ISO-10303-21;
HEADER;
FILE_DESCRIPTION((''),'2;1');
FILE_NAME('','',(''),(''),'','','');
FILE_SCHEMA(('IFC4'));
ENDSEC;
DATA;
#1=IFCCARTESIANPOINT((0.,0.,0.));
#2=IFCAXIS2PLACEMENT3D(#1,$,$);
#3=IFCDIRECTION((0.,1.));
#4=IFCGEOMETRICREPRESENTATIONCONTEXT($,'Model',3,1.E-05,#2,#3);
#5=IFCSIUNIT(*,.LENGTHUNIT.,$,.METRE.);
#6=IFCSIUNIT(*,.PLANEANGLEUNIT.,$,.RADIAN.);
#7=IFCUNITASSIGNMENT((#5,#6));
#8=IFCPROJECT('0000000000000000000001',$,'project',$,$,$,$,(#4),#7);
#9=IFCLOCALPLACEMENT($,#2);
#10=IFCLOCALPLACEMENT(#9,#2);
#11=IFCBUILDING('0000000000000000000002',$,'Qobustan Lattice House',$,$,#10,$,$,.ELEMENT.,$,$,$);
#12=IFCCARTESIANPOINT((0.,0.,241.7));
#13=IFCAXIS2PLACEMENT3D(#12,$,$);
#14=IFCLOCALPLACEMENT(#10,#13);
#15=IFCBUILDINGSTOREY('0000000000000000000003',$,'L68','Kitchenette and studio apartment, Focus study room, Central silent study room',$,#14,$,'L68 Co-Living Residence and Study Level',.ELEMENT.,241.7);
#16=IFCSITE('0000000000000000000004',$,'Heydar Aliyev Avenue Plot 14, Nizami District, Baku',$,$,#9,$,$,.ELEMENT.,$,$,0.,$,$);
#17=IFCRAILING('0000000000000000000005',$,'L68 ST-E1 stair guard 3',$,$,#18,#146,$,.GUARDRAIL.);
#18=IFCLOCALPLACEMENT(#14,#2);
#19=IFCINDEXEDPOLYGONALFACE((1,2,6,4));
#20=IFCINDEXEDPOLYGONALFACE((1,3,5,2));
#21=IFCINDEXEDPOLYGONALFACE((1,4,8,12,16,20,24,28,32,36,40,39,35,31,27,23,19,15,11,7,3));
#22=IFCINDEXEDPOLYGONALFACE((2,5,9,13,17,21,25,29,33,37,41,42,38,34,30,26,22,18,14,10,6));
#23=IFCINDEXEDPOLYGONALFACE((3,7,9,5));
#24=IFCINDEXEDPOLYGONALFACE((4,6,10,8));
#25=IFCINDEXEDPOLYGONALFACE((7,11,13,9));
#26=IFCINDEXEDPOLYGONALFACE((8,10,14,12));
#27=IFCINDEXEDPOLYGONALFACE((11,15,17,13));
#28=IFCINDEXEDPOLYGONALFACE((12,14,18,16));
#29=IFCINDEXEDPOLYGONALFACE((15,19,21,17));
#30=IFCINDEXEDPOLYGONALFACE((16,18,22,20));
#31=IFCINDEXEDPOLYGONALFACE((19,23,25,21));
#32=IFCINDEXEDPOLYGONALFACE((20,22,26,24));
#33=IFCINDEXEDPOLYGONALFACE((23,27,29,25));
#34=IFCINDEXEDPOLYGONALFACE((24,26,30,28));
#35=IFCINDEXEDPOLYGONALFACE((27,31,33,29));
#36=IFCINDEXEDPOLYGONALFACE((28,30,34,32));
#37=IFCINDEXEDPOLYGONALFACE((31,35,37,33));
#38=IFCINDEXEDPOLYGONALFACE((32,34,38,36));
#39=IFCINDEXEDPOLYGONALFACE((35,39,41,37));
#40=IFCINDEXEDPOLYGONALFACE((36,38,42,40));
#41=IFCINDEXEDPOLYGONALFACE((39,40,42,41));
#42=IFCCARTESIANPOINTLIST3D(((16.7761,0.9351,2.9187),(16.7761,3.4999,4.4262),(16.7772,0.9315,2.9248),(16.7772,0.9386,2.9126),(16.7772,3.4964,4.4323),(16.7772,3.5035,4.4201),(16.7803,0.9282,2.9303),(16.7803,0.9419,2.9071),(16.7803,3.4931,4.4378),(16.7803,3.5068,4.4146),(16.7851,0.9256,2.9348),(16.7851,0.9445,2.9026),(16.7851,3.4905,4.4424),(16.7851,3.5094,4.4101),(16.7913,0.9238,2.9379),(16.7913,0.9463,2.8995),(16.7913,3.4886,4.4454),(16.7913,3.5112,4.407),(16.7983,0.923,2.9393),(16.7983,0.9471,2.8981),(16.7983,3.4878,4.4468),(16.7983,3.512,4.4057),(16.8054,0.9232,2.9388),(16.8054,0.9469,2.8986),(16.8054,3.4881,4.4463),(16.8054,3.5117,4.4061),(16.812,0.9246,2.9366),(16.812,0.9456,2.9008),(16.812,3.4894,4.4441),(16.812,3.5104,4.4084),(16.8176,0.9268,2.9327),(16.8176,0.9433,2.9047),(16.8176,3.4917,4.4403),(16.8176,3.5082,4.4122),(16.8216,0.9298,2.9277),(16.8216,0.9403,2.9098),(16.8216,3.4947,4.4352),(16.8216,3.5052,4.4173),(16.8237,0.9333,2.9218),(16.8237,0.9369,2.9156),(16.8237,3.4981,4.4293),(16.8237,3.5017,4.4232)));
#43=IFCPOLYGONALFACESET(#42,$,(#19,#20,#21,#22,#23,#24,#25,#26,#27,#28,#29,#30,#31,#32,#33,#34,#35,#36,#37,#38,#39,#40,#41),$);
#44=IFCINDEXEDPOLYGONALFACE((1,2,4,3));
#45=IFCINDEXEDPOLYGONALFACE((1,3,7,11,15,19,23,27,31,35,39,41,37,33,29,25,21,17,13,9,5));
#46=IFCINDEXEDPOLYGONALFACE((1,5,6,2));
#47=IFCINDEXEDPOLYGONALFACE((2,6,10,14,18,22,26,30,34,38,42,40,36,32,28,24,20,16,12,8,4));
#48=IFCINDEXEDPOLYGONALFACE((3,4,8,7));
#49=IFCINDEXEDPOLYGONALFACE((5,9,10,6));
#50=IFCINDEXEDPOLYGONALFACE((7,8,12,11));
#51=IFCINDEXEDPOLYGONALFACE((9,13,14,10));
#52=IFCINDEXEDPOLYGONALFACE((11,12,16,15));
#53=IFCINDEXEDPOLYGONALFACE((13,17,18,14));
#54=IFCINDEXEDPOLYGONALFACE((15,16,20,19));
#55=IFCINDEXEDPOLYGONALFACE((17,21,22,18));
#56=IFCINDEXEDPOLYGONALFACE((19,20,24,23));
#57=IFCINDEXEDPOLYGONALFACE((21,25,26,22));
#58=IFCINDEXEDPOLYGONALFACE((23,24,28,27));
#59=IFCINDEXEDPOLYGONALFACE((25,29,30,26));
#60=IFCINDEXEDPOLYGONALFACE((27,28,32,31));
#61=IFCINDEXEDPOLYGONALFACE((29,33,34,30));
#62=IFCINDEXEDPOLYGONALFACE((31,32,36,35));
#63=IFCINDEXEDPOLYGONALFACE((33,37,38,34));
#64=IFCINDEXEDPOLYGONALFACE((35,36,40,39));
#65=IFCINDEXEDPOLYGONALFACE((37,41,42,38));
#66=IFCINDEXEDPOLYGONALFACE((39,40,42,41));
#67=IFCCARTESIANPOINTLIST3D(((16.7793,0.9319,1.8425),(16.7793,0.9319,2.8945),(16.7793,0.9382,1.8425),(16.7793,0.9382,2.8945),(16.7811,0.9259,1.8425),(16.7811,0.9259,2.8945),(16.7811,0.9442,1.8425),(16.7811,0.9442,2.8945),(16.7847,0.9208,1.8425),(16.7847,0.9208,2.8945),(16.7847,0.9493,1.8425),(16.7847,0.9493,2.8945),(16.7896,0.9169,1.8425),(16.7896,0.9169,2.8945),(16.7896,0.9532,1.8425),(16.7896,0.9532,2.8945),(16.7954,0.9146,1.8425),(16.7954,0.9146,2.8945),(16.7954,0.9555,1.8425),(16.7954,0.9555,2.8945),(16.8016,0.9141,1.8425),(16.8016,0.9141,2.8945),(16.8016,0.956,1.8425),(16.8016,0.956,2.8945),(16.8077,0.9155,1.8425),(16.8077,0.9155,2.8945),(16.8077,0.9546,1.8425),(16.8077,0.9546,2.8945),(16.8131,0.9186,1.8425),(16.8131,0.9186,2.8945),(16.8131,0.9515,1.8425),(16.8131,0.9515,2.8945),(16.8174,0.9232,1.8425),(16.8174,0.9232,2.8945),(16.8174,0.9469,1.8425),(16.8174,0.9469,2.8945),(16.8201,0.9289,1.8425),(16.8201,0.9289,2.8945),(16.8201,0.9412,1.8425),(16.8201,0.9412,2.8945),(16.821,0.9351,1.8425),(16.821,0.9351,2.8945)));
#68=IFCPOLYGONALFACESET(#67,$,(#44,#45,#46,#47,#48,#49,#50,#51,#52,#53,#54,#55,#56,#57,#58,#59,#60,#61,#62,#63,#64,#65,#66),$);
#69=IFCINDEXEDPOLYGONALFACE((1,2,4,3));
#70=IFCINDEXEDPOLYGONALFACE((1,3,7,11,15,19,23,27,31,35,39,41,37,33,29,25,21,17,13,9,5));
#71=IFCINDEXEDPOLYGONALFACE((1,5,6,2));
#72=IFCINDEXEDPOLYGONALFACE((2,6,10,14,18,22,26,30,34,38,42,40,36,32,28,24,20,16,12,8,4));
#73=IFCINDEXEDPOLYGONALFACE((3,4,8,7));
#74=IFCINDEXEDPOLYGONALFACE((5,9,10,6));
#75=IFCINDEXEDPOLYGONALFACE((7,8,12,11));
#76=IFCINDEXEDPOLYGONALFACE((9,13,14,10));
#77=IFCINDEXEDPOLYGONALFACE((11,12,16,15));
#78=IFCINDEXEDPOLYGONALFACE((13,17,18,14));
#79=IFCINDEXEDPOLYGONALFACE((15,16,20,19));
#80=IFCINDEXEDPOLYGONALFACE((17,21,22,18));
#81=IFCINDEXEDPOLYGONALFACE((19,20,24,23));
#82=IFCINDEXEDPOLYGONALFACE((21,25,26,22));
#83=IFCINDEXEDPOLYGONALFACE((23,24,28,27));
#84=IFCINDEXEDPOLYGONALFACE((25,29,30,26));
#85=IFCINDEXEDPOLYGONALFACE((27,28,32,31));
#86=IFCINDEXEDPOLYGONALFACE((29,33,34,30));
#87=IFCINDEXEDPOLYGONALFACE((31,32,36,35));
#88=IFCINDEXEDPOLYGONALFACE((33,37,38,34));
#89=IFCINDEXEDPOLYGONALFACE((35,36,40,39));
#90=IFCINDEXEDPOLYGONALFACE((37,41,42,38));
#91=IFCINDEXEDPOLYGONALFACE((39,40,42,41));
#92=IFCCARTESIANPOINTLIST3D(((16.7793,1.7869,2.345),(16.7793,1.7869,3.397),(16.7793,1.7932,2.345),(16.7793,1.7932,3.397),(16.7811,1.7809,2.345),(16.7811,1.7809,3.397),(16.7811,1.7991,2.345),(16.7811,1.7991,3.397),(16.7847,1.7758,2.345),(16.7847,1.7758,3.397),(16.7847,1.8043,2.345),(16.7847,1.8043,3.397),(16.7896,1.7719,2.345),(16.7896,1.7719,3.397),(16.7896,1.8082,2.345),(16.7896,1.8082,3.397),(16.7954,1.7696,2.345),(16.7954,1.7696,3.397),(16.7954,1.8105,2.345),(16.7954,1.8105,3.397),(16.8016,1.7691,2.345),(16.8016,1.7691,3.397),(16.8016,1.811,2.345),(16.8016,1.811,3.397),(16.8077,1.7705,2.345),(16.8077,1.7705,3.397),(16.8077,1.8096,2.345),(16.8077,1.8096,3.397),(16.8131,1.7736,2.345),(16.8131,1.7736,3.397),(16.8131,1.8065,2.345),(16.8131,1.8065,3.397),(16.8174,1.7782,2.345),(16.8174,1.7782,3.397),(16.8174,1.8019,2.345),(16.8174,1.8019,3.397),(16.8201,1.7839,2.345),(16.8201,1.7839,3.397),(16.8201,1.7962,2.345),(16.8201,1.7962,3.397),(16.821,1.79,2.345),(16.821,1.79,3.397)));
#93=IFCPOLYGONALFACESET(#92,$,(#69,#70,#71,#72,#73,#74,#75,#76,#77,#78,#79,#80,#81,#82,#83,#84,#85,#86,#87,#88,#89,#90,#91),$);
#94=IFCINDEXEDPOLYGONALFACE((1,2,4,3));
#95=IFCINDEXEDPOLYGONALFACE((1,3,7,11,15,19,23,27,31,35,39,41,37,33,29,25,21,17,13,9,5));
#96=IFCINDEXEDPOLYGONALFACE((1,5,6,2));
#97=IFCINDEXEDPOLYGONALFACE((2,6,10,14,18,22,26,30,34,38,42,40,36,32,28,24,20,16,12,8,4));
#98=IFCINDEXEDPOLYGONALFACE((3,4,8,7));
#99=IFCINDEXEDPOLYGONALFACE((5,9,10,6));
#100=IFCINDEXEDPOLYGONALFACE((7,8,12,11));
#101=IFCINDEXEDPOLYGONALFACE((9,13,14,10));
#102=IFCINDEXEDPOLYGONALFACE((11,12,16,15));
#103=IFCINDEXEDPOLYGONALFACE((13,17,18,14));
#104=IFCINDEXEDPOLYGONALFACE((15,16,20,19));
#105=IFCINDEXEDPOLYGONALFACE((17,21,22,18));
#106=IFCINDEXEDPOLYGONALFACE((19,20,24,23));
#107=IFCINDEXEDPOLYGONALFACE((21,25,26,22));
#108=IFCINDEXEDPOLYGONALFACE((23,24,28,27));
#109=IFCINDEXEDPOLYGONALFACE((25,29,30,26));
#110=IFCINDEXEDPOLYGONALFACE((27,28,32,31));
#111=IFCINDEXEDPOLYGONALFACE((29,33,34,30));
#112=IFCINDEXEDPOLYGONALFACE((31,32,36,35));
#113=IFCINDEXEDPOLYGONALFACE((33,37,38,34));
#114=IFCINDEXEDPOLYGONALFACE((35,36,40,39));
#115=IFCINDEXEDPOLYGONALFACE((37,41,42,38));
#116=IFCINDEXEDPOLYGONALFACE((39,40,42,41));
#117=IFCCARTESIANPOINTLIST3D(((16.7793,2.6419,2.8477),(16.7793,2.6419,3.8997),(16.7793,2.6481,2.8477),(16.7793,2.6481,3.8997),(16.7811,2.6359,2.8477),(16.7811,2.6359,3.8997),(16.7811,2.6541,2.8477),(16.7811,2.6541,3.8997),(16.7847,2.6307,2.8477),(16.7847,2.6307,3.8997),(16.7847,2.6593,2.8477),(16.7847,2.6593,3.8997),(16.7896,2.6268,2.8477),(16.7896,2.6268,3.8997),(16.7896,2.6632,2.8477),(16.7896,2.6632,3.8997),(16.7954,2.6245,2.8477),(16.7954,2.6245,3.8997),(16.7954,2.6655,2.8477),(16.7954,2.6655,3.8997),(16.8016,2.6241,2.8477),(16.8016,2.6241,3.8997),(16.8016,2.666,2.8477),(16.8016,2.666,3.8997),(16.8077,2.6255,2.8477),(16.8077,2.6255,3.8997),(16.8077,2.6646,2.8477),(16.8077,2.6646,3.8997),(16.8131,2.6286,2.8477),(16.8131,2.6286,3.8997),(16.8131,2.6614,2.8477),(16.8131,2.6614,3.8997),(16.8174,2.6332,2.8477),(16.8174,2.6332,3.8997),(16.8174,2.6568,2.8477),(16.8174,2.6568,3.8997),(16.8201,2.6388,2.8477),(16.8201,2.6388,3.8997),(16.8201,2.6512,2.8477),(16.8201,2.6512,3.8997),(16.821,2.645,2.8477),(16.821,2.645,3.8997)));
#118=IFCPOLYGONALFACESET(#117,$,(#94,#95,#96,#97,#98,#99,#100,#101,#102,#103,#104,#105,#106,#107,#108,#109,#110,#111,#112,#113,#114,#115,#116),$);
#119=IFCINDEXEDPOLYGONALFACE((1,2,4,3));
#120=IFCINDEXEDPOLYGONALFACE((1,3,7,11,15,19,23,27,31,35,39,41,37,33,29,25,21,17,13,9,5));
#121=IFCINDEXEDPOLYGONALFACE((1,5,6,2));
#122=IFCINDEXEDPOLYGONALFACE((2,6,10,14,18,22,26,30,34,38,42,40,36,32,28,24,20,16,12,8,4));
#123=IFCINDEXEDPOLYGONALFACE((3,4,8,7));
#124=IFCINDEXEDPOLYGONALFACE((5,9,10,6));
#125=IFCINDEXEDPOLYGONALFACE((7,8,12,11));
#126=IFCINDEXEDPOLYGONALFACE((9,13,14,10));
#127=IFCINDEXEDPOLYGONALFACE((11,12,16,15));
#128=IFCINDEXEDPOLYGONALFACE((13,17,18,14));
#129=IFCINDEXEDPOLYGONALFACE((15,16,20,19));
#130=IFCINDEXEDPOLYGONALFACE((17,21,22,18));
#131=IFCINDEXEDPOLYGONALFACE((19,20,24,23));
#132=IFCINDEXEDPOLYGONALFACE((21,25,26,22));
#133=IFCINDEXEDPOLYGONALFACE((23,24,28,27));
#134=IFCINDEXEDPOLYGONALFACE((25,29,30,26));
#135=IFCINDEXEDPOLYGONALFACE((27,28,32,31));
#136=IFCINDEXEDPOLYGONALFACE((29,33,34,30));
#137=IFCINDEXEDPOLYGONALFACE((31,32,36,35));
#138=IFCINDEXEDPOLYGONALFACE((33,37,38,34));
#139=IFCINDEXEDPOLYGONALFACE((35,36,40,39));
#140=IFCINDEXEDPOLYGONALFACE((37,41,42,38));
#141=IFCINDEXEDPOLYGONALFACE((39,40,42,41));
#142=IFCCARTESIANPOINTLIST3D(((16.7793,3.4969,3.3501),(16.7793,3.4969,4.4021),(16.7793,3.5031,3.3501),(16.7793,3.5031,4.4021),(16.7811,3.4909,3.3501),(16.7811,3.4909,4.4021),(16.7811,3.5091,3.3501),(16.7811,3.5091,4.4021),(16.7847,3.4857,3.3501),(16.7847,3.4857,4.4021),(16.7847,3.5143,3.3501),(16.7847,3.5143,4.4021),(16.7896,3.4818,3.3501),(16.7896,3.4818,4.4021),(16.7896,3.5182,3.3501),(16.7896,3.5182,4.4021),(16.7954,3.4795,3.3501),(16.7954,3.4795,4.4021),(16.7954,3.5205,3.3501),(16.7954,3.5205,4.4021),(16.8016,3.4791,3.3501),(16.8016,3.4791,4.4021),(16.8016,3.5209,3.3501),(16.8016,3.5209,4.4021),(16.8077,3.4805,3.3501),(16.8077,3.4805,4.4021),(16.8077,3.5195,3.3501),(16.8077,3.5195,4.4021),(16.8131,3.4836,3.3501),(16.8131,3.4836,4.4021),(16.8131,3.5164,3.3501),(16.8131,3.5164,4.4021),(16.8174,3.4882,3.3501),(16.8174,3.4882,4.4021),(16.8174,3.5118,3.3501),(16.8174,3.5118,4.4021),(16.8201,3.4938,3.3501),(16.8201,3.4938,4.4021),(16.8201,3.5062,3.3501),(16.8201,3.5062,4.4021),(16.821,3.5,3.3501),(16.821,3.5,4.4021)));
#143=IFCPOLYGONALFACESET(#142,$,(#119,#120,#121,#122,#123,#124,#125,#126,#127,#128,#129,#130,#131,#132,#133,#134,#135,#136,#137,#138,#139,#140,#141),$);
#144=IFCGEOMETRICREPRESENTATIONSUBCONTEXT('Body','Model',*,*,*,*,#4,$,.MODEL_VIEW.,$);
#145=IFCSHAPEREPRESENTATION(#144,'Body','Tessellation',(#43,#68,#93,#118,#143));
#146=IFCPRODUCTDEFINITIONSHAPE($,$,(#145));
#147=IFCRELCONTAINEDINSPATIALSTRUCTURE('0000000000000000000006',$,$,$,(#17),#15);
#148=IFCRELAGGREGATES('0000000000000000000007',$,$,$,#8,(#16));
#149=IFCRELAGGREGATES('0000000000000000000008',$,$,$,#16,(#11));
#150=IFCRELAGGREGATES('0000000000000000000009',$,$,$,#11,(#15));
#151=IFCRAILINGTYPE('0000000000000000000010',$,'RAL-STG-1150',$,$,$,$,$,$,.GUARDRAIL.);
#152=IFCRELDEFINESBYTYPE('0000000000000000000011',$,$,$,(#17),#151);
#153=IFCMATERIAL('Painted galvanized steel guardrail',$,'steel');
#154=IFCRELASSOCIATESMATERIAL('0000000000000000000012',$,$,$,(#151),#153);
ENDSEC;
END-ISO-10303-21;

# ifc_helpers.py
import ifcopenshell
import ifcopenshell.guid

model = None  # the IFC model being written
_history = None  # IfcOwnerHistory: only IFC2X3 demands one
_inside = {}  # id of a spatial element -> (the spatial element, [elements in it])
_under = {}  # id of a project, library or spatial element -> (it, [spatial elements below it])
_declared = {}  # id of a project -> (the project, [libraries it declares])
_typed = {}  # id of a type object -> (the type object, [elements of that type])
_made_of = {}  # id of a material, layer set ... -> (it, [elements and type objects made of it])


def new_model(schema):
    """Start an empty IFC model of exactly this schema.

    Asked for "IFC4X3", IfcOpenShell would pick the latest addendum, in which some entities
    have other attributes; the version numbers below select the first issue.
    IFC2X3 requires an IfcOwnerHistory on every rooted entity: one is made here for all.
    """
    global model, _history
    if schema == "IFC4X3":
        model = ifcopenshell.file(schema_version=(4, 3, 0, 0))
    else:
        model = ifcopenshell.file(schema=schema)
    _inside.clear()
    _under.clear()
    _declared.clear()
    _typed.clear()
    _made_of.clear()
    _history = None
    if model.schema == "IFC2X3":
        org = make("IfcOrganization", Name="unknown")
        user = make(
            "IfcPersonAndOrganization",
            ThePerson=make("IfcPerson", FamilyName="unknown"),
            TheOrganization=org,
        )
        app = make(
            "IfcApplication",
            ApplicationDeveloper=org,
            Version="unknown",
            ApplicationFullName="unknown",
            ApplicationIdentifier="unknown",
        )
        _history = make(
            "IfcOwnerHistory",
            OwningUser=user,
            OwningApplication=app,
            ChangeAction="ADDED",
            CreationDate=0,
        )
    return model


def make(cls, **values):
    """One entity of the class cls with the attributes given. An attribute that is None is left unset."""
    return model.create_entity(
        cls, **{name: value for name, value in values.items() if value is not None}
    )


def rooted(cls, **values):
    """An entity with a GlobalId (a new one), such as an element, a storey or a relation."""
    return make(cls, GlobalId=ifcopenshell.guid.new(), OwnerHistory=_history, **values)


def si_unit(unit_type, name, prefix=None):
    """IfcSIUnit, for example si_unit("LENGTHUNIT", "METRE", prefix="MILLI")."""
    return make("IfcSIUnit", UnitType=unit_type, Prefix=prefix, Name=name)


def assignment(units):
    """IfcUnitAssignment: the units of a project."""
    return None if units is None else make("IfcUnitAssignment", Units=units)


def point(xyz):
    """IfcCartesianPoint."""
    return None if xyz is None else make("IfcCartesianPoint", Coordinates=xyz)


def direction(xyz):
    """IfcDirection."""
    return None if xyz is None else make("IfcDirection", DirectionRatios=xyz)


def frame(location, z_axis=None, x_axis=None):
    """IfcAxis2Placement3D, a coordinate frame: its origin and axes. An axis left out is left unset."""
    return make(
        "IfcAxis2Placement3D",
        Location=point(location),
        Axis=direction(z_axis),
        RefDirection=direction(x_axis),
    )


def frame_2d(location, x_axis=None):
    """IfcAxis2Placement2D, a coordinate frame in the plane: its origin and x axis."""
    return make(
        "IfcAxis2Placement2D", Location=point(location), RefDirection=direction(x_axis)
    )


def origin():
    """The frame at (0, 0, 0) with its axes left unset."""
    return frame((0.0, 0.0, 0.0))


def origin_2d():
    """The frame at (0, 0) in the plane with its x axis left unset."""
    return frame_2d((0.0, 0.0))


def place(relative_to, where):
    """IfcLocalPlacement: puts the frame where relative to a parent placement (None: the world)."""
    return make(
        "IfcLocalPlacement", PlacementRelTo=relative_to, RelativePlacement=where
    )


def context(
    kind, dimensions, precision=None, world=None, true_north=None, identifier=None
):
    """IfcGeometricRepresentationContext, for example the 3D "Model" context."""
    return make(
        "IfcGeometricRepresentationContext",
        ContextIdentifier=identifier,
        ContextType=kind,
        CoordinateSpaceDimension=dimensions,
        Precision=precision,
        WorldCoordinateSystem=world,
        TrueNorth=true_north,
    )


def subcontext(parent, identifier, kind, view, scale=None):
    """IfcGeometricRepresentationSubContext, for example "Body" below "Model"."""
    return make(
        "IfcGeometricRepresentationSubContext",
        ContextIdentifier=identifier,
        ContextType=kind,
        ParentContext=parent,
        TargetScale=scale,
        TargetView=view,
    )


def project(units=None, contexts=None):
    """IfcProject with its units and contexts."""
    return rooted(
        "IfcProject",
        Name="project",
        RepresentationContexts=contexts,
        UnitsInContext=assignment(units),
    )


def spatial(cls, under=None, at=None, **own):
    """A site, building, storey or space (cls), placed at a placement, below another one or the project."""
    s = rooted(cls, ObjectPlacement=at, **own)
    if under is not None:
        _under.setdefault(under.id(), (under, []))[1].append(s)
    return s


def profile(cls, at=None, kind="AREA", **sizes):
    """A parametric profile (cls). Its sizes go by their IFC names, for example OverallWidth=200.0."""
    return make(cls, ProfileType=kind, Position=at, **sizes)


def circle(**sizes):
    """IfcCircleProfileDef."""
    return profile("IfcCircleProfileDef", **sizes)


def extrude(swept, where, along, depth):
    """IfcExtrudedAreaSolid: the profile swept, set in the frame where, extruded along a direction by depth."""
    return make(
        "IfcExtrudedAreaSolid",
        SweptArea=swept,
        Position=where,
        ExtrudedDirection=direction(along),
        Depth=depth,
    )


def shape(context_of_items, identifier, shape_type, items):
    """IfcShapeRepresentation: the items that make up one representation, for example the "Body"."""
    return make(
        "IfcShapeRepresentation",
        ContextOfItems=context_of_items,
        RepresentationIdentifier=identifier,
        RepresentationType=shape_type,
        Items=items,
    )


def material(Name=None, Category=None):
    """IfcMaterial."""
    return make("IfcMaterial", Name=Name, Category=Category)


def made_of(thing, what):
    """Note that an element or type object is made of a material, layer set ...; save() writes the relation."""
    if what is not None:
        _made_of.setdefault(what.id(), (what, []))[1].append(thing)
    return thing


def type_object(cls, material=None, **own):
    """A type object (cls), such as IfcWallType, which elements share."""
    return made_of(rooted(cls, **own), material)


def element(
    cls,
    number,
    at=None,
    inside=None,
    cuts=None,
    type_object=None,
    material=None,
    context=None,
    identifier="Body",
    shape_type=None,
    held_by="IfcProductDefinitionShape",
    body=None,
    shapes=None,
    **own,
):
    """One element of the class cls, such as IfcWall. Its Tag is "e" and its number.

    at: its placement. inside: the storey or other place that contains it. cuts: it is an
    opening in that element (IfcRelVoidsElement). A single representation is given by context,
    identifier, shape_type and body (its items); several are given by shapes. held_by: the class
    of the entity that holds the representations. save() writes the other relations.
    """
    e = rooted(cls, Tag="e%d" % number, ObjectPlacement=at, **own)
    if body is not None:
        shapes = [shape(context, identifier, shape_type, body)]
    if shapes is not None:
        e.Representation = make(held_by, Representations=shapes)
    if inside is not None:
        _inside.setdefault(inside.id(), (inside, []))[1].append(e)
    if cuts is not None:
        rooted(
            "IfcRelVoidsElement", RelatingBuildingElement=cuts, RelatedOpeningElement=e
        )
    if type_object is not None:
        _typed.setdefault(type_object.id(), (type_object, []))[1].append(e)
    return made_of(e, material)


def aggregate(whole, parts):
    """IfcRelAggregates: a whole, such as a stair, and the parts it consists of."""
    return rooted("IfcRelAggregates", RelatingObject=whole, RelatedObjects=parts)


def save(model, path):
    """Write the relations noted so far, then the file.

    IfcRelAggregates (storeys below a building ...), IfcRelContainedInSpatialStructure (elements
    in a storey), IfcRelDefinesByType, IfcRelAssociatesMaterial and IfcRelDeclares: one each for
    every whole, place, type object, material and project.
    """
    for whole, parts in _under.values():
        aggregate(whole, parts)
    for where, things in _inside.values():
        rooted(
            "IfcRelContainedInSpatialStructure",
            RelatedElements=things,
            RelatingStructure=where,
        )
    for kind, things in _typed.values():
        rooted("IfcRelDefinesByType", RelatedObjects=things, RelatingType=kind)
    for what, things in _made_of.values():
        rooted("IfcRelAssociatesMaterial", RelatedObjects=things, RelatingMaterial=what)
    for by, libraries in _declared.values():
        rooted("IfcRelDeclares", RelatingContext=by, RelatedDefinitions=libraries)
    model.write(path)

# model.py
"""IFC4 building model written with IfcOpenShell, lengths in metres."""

from ifc_helpers import new_model, si_unit, direction, frame, origin, origin_2d, place, context, subcontext, project, spatial, circle, extrude, material, type_object, element, save


model = new_model("IFC4")

# Units and contexts
model_context = context("Model", 3, precision=1e-05, world=origin(), true_north=direction((0.0, 1.0)))
body_context = subcontext(model_context, "Body", "Model", "MODEL_VIEW")
ifc_project = project(units=[si_unit("LENGTHUNIT", "METRE"), si_unit("PLANEANGLEUNIT", "RADIAN")], contexts=[model_context])

# Site, building, storey
site_placement = place(None, origin())
site = spatial("IfcSite", under=ifc_project, at=site_placement, Name="Heydar Aliyev Avenue Plot 14, Nizami District, Baku", CompositionType="ELEMENT", RefElevation=0.0)
building_placement = place(site_placement, origin())
building = spatial("IfcBuilding", under=site, at=building_placement, Name="Qobustan Lattice House", CompositionType="ELEMENT")
storey_placement = place(building_placement, frame((0.0, 0.0, 241.7)))
storey = spatial("IfcBuildingStorey", under=building, at=storey_placement, Name="L68", Description="Kitchenette and studio apartment, Focus study room, Central silent study room", LongName="L68 Co-Living Residence and Study Level", CompositionType="ELEMENT", Elevation=241.7)

# Railing
ifc_material_1 = material(Name="Painted galvanized steel guardrail", Category="steel")
railing_type_1 = type_object("IfcRailingType", Name="RAL-STG-1150", PredefinedType="GUARDRAIL", material=ifc_material_1)
railing_1_placement = place(storey_placement, frame((16.8, 0.9351, 1.8425)))
element("IfcRailing", 1, at=railing_1_placement, inside=storey, type_object=railing_type_1, Name="L68 ST-E1 stair guard 3", PredefinedType="GUARDRAIL", context=body_context, shape_type="SweptSolid", body=[
    extrude(circle(Radius=0.0239, at=origin_2d()), frame((0.0, 0.0, 1.0762), z_axis=(0.0, 0.862113, 0.506715), x_axis=(-1.0, 0.0, 0.0)), (0.0, 0.0, 1.0), 2.9751),
    extrude(circle(Radius=0.021, at=origin_2d()), origin(), (0.0, 0.0, 1.0), 1.052),
    extrude(circle(Radius=0.021, at=origin_2d()), frame((0.0, 0.855, 0.5024)), (0.0, 0.0, 1.0), 1.052),
    extrude(circle(Radius=0.021, at=origin_2d()), frame((0.0, 1.71, 1.0051)), (0.0, 0.0, 1.0), 1.052),
    extrude(circle(Radius=0.021, at=origin_2d()), frame((0.0, 2.5649, 1.5076)), (0.0, 0.0, 1.0), 1.052),
])

save(model, "model.ifc")
